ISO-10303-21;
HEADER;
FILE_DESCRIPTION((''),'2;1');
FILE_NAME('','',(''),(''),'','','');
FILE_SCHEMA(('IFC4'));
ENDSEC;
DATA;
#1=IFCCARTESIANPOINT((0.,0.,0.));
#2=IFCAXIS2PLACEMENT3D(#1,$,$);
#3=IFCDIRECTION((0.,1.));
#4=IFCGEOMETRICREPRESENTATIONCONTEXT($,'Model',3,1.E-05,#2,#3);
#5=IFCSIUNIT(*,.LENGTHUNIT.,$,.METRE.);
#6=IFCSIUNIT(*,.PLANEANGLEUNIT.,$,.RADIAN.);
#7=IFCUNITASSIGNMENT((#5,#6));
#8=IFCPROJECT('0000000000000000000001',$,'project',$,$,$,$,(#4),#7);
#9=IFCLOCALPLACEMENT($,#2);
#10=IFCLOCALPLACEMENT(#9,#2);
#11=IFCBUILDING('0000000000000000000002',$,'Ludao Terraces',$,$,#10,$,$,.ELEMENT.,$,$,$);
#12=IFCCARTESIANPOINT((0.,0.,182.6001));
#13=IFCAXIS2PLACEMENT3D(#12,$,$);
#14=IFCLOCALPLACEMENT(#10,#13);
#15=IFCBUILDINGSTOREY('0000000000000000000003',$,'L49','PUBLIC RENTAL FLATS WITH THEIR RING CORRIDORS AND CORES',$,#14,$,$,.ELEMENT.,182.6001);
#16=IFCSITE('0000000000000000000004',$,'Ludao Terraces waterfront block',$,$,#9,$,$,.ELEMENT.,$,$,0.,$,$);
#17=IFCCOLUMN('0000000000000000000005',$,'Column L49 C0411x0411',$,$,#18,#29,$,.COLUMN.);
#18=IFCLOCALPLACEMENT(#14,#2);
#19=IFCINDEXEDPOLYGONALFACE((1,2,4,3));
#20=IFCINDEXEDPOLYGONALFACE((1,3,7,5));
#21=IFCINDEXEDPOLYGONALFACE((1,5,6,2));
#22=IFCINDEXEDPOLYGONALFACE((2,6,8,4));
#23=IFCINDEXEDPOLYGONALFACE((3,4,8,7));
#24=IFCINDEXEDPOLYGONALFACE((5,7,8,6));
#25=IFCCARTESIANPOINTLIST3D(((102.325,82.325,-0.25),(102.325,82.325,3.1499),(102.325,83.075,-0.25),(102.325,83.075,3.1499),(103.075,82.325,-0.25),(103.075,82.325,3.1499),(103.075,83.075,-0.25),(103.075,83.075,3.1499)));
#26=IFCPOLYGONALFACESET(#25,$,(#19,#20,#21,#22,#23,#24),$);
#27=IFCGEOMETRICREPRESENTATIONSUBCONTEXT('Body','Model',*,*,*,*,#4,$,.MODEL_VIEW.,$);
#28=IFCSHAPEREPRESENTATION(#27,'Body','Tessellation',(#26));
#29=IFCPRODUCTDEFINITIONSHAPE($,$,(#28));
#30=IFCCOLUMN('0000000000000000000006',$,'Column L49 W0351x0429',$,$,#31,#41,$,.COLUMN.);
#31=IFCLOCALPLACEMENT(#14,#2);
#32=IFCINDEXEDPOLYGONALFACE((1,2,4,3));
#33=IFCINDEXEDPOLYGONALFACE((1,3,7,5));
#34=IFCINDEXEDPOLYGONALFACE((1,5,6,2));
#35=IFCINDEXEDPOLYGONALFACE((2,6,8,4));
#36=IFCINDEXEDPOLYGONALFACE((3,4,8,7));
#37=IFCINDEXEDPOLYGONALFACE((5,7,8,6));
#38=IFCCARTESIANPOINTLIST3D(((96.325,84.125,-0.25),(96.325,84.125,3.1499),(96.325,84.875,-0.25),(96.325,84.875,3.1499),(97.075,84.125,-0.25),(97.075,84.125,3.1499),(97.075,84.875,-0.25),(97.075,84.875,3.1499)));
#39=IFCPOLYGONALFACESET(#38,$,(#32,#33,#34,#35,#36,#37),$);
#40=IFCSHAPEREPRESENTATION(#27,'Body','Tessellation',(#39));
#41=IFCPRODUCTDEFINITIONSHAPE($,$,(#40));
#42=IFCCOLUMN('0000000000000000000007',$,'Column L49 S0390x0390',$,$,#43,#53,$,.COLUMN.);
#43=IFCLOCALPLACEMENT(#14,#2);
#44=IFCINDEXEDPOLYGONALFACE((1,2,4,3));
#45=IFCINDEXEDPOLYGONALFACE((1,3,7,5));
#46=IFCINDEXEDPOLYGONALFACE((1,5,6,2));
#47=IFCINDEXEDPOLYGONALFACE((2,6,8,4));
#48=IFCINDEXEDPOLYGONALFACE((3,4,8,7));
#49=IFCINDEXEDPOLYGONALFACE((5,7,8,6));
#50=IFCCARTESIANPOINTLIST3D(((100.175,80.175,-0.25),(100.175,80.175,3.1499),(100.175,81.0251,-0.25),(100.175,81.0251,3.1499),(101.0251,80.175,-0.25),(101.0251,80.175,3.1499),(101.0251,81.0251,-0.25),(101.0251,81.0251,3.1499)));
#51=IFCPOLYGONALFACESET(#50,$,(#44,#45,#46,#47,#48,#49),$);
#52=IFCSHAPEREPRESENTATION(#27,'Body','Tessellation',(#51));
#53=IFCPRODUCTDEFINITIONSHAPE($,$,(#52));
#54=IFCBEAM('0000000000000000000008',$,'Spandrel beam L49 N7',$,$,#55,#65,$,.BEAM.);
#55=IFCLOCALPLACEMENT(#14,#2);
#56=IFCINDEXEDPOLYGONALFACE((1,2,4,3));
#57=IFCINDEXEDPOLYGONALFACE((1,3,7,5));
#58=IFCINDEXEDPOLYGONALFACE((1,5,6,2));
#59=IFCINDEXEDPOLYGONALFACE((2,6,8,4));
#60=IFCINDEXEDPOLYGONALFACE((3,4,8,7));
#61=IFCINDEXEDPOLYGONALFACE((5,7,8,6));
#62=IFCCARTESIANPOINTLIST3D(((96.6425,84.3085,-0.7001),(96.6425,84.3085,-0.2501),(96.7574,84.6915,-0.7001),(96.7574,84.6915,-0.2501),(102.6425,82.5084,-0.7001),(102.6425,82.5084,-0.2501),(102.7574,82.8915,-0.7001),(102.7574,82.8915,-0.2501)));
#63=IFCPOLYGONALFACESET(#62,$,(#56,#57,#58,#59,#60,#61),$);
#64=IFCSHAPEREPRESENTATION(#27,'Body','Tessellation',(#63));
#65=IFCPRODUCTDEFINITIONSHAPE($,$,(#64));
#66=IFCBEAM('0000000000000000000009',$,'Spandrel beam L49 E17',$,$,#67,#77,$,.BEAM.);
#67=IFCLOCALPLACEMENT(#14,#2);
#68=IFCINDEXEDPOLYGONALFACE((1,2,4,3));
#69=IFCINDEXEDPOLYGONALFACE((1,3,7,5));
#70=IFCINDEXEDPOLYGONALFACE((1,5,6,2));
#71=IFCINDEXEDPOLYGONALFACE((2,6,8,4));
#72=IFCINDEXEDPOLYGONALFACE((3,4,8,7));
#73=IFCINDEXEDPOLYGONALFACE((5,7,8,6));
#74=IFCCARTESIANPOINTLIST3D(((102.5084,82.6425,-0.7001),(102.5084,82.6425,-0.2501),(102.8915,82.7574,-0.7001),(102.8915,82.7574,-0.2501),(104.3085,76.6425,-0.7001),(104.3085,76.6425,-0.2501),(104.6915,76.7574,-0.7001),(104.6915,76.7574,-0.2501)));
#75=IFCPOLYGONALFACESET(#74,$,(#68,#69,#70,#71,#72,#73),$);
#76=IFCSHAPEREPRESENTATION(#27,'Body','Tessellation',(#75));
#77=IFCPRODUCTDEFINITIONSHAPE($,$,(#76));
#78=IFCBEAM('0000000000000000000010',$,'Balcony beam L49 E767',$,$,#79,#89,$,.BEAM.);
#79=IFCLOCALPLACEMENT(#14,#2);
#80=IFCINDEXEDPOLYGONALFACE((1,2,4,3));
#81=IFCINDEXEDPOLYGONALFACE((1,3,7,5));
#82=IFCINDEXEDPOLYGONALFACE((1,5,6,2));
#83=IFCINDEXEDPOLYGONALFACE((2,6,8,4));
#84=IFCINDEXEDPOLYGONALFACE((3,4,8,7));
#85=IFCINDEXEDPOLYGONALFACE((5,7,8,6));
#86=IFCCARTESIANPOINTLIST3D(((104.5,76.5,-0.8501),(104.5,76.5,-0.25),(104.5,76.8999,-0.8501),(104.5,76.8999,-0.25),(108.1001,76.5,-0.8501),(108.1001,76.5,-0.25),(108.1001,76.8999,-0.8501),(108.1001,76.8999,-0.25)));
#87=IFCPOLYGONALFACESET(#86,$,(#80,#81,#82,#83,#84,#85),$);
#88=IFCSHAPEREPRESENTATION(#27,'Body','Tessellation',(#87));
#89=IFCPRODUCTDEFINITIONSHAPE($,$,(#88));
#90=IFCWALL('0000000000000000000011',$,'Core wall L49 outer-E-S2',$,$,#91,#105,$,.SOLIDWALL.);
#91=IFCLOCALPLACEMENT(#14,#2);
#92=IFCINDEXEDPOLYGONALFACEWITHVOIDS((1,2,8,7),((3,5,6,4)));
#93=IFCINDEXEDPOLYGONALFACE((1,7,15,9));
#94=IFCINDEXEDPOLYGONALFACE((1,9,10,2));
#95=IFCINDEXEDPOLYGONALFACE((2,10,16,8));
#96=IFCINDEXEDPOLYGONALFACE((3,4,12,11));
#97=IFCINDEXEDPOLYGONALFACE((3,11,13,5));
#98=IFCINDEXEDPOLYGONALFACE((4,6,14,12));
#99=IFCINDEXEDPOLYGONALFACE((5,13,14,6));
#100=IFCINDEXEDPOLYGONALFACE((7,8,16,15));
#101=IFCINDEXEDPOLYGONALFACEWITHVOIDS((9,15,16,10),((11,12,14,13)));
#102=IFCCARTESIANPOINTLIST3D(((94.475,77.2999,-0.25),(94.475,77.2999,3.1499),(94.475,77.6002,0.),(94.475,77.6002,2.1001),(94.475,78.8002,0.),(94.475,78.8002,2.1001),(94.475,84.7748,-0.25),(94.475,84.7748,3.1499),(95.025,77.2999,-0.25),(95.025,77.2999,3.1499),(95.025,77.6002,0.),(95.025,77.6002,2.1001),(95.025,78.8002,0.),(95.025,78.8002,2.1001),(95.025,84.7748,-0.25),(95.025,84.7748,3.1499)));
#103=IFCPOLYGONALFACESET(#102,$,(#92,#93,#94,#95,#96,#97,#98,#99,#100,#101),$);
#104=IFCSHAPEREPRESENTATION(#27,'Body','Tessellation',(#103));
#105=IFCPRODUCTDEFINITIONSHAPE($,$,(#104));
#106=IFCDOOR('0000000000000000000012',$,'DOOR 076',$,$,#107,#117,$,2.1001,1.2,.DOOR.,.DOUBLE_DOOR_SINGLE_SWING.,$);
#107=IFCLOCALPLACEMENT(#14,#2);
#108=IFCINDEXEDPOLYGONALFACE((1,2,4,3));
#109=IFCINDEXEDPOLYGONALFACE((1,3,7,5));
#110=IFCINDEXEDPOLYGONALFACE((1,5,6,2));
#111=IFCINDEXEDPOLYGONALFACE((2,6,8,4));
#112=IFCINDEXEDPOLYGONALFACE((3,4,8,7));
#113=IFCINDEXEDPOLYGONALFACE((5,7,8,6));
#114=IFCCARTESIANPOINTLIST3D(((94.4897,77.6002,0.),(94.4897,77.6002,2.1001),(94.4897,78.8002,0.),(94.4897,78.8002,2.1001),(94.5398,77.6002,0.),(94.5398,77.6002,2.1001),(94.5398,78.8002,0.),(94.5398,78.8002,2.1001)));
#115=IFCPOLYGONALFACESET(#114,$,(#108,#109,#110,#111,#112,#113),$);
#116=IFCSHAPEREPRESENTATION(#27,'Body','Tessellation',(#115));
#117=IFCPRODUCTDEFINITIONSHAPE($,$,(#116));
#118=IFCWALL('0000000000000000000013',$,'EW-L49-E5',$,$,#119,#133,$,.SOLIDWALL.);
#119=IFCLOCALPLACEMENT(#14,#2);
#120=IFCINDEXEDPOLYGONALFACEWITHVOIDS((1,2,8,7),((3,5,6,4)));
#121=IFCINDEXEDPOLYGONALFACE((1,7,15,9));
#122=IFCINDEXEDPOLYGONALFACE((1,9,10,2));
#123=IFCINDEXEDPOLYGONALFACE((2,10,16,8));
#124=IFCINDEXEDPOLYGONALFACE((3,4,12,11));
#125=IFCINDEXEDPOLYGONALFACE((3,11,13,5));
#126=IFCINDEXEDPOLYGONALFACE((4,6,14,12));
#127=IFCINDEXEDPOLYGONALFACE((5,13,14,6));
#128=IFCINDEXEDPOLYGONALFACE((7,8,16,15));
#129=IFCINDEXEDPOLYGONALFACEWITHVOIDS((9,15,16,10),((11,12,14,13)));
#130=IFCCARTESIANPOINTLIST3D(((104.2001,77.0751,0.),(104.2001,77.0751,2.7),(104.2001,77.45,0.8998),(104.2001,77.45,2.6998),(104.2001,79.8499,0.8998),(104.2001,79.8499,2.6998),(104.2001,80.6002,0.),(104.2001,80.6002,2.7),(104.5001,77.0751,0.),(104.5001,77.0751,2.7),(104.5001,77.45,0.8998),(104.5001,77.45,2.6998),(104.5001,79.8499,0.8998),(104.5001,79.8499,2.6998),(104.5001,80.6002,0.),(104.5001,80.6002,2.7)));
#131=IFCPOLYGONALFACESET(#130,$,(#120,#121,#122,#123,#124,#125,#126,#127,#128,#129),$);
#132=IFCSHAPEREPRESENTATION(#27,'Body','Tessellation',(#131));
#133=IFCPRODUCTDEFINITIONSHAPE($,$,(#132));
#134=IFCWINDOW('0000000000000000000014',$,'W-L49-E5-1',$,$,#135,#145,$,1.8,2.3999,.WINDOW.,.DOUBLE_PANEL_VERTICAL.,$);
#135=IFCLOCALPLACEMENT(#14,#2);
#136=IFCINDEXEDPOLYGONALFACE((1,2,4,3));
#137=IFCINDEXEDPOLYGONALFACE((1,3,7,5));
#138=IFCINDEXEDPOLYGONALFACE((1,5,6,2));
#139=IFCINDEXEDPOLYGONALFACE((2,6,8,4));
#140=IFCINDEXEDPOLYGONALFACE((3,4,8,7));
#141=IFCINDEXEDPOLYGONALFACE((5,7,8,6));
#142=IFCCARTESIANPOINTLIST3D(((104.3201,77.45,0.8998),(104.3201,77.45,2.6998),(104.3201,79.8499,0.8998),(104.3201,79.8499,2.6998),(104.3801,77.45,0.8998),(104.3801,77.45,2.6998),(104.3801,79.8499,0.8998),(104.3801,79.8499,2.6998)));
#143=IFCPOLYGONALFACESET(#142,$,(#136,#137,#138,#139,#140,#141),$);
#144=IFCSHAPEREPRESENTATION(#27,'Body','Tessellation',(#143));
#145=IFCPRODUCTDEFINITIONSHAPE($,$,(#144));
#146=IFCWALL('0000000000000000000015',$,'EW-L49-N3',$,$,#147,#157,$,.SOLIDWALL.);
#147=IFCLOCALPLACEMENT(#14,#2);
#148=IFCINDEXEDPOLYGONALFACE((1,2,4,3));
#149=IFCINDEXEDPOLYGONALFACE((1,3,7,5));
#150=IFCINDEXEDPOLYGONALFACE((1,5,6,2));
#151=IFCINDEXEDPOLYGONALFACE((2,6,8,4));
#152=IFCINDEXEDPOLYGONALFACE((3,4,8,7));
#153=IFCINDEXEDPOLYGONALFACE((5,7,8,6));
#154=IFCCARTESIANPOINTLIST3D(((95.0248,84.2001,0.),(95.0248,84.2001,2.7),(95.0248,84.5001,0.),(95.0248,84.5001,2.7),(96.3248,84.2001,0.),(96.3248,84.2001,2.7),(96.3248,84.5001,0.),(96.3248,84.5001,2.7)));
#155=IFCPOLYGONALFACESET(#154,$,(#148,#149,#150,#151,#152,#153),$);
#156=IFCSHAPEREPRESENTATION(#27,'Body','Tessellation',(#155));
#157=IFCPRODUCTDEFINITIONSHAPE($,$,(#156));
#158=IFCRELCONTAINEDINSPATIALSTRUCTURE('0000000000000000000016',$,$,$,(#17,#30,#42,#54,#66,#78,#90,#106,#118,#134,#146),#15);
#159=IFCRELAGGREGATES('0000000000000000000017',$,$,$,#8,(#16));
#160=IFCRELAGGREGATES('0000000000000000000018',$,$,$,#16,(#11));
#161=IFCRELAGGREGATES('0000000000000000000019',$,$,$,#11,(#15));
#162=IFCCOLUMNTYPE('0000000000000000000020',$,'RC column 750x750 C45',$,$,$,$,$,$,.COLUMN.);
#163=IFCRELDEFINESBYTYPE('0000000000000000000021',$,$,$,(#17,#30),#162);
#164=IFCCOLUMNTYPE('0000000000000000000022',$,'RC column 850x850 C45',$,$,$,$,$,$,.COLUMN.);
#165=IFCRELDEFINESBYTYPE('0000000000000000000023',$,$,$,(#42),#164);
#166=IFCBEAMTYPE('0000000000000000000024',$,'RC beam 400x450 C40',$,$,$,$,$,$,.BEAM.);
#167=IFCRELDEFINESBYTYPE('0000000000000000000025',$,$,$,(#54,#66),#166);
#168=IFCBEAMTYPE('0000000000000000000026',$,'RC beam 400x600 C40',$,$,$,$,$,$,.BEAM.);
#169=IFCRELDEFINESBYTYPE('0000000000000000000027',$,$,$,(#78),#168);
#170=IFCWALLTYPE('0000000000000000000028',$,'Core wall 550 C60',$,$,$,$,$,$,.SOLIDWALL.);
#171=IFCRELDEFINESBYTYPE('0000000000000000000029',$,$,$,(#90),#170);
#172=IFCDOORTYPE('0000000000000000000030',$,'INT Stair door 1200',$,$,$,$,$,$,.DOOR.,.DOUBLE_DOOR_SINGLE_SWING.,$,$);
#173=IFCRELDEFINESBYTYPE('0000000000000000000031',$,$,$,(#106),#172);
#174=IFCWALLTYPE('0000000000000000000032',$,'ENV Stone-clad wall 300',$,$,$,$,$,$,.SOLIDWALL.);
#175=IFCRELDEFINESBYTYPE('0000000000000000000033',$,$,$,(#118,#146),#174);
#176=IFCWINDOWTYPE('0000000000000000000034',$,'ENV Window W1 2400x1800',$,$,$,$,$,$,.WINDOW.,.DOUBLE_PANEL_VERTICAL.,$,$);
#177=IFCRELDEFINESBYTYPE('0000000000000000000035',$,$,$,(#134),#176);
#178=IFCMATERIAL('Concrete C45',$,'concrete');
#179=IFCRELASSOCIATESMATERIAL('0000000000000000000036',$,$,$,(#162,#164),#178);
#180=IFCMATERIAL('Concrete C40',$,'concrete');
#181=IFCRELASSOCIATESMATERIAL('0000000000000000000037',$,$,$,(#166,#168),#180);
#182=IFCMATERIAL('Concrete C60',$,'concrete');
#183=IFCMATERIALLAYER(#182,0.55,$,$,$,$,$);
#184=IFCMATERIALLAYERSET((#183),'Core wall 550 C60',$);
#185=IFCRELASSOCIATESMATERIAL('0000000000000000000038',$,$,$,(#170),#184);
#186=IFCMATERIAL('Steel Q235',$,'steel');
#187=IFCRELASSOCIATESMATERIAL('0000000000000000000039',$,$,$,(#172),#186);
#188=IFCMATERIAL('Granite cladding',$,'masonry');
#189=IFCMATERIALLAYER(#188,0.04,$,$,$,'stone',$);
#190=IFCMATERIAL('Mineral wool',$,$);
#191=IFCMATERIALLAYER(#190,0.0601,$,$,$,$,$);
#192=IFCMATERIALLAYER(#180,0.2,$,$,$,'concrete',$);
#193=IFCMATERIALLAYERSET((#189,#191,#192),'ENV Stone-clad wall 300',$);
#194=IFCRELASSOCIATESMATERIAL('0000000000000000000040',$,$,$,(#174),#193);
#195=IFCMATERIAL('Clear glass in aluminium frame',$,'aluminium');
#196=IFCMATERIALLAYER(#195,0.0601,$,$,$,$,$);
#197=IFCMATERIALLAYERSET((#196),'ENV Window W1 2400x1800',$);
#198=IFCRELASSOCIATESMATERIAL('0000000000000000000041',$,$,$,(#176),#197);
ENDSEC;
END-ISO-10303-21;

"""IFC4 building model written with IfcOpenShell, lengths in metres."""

from ifc_helpers import new_model, si_unit, direction, frame, frame_2d, origin, origin_2d, place, context, subcontext, project, spatial, rectangle, extrude, material, layer, layer_set, material_profile, profile_set, type_object, element, fill, save


model = new_model("IFC4")

# Units and contexts
model_context = context("Model", 3, precision=1e-05, world=origin(), true_north=direction((0.0, 1.0)))
body_context = subcontext(model_context, "Body", "Model", "MODEL_VIEW")
ifc_project = project(units=[si_unit("LENGTHUNIT", "METRE"), si_unit("PLANEANGLEUNIT", "RADIAN")], contexts=[model_context])

# Site, building, storey
site_placement = place(None, origin())
site = spatial("IfcSite", under=ifc_project, at=site_placement, Name="Ludao Terraces waterfront block", CompositionType="ELEMENT", RefElevation=0.0)
building_placement = place(site_placement, origin())
building = spatial("IfcBuilding", under=site, at=building_placement, Name="Ludao Terraces", CompositionType="ELEMENT")
storey_placement = place(building_placement, frame((0.0, 0.0, 182.6001)))
storey = spatial("IfcBuildingStorey", under=building, at=storey_placement, Name="L49", Description="PUBLIC RENTAL FLATS WITH THEIR RING CORRIDORS AND CORES", CompositionType="ELEMENT", Elevation=182.6001)

# Columns
ifc_material_1 = material(Name="Concrete C45", Category="concrete")
ifc_material_profile_1 = material_profile(ifc_material_1, rectangle(XDim=0.75, YDim=0.75, at=origin_2d()), Name="750 X 750")
ifc_profile_set_1 = profile_set([ifc_material_profile_1], Name="Concrete C45")
column_type_1 = type_object("IfcColumnType", Name="RC column 750x750 C45", PredefinedType="COLUMN", material=ifc_profile_set_1)
for number, where, z_axis, x_axis, name in (
    (1, (102.7, 82.7, -0.25), (0.0, 0.0, 1.0), (1.0, 0.0, 0.0), "Column L49 C0411x0411"),
    (2, (96.7, 84.5, -0.25), (0.0, 0.0, 1.0), (1.0, 0.0, 0.0), "Column L49 W0351x0429"),
):
    element("IfcColumn", number, at=place(storey_placement, frame(where, z_axis=z_axis, x_axis=x_axis)), inside=storey, type_object=column_type_1, Name=name, PredefinedType="COLUMN", context=body_context, shape_type="SweptSolid", body=[
        extrude(rectangle(XDim=0.75, YDim=0.75, at=origin_2d()), origin(), (0.0, 0.0, 1.0), 3.3999),
    ])
ifc_material_profile_2 = material_profile(ifc_material_1, rectangle(XDim=0.8501, YDim=0.8501, at=origin_2d()), Name="850 X 850")
ifc_profile_set_2 = profile_set([ifc_material_profile_2], Name="Concrete C45")
column_type_2 = type_object("IfcColumnType", Name="RC column 850x850 C45", PredefinedType="COLUMN", material=ifc_profile_set_2)
column_placement = place(storey_placement, frame((100.6001, 80.6001, -0.25), z_axis=(0.0, 0.0, 1.0), x_axis=(1.0, 0.0, 0.0)))
element("IfcColumn", 3, at=column_placement, inside=storey, type_object=column_type_2, Name="Column L49 S0390x0390", PredefinedType="COLUMN", context=body_context, shape_type="SweptSolid", body=[
    extrude(rectangle(XDim=0.8501, YDim=0.8501, at=origin_2d()), origin(), (0.0, 0.0, 1.0), 3.3999),
])

# Beams
ifc_material_2 = material(Name="Concrete C40", Category="concrete")
ifc_material_profile_3 = material_profile(ifc_material_2, rectangle(XDim=0.3999, YDim=0.45, at=origin_2d()), Name="400 X 450")
ifc_profile_set_3 = profile_set([ifc_material_profile_3], Name="Concrete C40")
beam_type_1 = type_object("IfcBeamType", Name="RC beam 400x450 C40", PredefinedType="BEAM", material=ifc_profile_set_3)
for number, where, z_axis, x_axis, name in (
    (4, (96.7, 84.5, -0.4751), (0.957824, -0.287355, 0.0), (0.287355, 0.957824, 0.0), "Spandrel beam L49 N7"),
    (5, (104.5, 76.7, -0.4751), (-0.287355, 0.957824, 0.0), (-0.957824, -0.287355, 0.0), "Spandrel beam L49 E17"),
):
    element("IfcBeam", number, at=place(storey_placement, frame(where, z_axis=z_axis, x_axis=x_axis)), inside=storey, type_object=beam_type_1, Name=name, PredefinedType="BEAM", context=body_context, shape_type="SweptSolid", body=[
        extrude(rectangle(XDim=0.3999, YDim=0.45, at=origin_2d()), origin(), (0.0, 0.0, 1.0), 6.2642),
    ])
ifc_material_profile_4 = material_profile(ifc_material_2, rectangle(XDim=0.3999, YDim=0.6001, at=origin_2d()), Name="400 X 600")
ifc_profile_set_4 = profile_set([ifc_material_profile_4], Name="Concrete C40")
beam_type_2 = type_object("IfcBeamType", Name="RC beam 400x600 C40", PredefinedType="BEAM", material=ifc_profile_set_4)
beam_placement = place(storey_placement, frame((104.5, 76.7, -0.55), z_axis=(1.0, 0.0, 0.0), x_axis=(0.0, 1.0, 0.0)))
element("IfcBeam", 6, at=beam_placement, inside=storey, type_object=beam_type_2, Name="Balcony beam L49 E767", PredefinedType="BEAM", context=body_context, shape_type="SweptSolid", body=[
    extrude(rectangle(XDim=0.3999, YDim=0.6001, at=origin_2d()), origin(), (0.0, 0.0, 1.0), 3.6001),
])

# Wall, opening, door
ifc_material_3 = material(Name="Concrete C60", Category="concrete")
ifc_layer_1 = layer(ifc_material_3, 0.55)
ifc_layer_set_1 = layer_set([ifc_layer_1], Name="Core wall 550 C60")
wall_type_1 = type_object("IfcWallType", Name="Core wall 550 C60", PredefinedType="SOLIDWALL", material=ifc_layer_set_1)
wall_1_placement = place(storey_placement, frame((94.75, 77.3, -0.25), z_axis=(0.0, 0.0, 1.0), x_axis=(0.0, 1.0, 0.0)))
wall_1 = element("IfcWall", 7, at=wall_1_placement, inside=storey, type_object=wall_type_1, Name="Core wall L49 outer-E-S2", PredefinedType="SOLIDWALL", context=body_context, shape_type="SweptSolid", body=[
    extrude(rectangle(XDim=7.4749, YDim=0.55, at=frame_2d((3.7373, 0.0))), origin(), (0.0, 0.0, 1.0), 3.3999),
])
opening_1_placement = place(wall_1_placement, frame((0.3, 0.0, 0.25)))
opening_1 = element("IfcOpeningElement", 8, at=opening_1_placement, cuts=wall_1, PredefinedType="OPENING", context=body_context, shape_type="SweptSolid", body=[
    extrude(rectangle(XDim=1.2, YDim=2.1001, at=frame_2d((0.6001, 1.05))), frame((0.0, 0.2852, 0.0), z_axis=(0.0, -1.0, 0.0), x_axis=(1.0, 0.0, 0.0)), (0.0, 0.0, 1.0), 0.5701),
])
ifc_material_4 = material(Name="Steel Q235", Category="steel")
door_type_1 = type_object("IfcDoorType", Name="INT Stair door 1200", OperationType="DOUBLE_DOOR_SINGLE_SWING", PredefinedType="DOOR", material=ifc_material_4)
door_1_placement = place(opening_1_placement, origin())
door_1 = element("IfcDoor", 9, at=door_1_placement, inside=storey, type_object=door_type_1, Name="DOOR 076", OperationType="DOUBLE_DOOR_SINGLE_SWING", OverallHeight=2.1001, OverallWidth=1.2, PredefinedType="DOOR", context=body_context, shape_type="SweptSolid", body=[
    extrude(rectangle(XDim=1.2, YDim=2.1001, at=frame_2d((0.6001, 1.05))), frame((0.0, 0.2603, 0.0), z_axis=(0.0, -1.0, 0.0), x_axis=(1.0, 0.0, 0.0)), (0.0, 0.0, 1.0), 0.05),
])
fill(opening_1, door_1)

# Wall, opening, window
ifc_material_5 = material(Name="Granite cladding", Category="masonry")
ifc_layer_2 = layer(ifc_material_5, 0.04, Category="stone")
ifc_material_6 = material(Name="Mineral wool")
ifc_layer_3 = layer(ifc_material_6, 0.0601)
ifc_layer_4 = layer(ifc_material_2, 0.2, Category="concrete")
ifc_layer_set_2 = layer_set([ifc_layer_2, ifc_layer_3, ifc_layer_4], Name="ENV Stone-clad wall 300")
wall_type_2 = type_object("IfcWallType", Name="ENV Stone-clad wall 300", PredefinedType="SOLIDWALL", material=ifc_layer_set_2)
wall_2_placement = place(storey_placement, frame((104.3501, 77.075, 0.0), z_axis=(0.0, 0.0, 1.0), x_axis=(0.0, 1.0, 0.0)))
wall_2 = element("IfcWall", 10, at=wall_2_placement, inside=storey, type_object=wall_type_2, Name="EW-L49-E5", PredefinedType="SOLIDWALL", context=body_context, shape_type="SweptSolid", body=[
    extrude(rectangle(XDim=3.5251, YDim=0.3, at=frame_2d((1.7627, 0.0))), origin(), (0.0, 0.0, 1.0), 2.7),
])
opening_2_placement = place(wall_2_placement, frame((0.375, 0.0, 0.8999)))
opening_2 = element("IfcOpeningElement", 11, at=opening_2_placement, cuts=wall_2, PredefinedType="OPENING", context=body_context, shape_type="SweptSolid", body=[
    extrude(rectangle(XDim=2.3999, YDim=1.8, at=frame_2d((1.2, 0.8999))), frame((0.0, 0.1602, 0.0), z_axis=(0.0, -1.0, 0.0), x_axis=(1.0, 0.0, 0.0)), (0.0, 0.0, 1.0), 0.3201),
])
ifc_material_7 = material(Name="Clear glass in aluminium frame", Category="aluminium")
ifc_layer_5 = layer(ifc_material_7, 0.0601)
ifc_layer_set_3 = layer_set([ifc_layer_5], Name="ENV Window W1 2400x1800")
window_type_1 = type_object("IfcWindowType", Name="ENV Window W1 2400x1800", PartitioningType="DOUBLE_PANEL_VERTICAL", PredefinedType="WINDOW", material=ifc_layer_set_3)
window_1_placement = place(opening_2_placement, origin())
window_1 = element("IfcWindow", 12, at=window_1_placement, inside=storey, type_object=window_type_1, Name="W-L49-E5-1", OverallHeight=1.8, OverallWidth=2.3999, PartitioningType="DOUBLE_PANEL_VERTICAL", PredefinedType="WINDOW", context=body_context, shape_type="SweptSolid", body=[
    extrude(rectangle(XDim=2.3999, YDim=1.8, at=frame_2d((1.2, 0.8999))), frame((0.0, 0.03, 0.0), z_axis=(0.0, -1.0, 0.0), x_axis=(1.0, 0.0, 0.0)), (0.0, 0.0, 1.0), 0.0601),
])
fill(opening_2, window_1)

# Wall
wall_3_placement = place(storey_placement, frame((95.0249, 84.3501, 0.0), z_axis=(0.0, 0.0, 1.0), x_axis=(1.0, 0.0, 0.0)))
element("IfcWall", 13, at=wall_3_placement, inside=storey, type_object=wall_type_2, Name="EW-L49-N3", PredefinedType="SOLIDWALL", context=body_context, shape_type="SweptSolid", body=[
    extrude(rectangle(XDim=1.3, YDim=0.3, at=frame_2d((0.6499, 0.0))), origin(), (0.0, 0.0, 1.0), 2.7),
])

save(model, "model.ifc")
